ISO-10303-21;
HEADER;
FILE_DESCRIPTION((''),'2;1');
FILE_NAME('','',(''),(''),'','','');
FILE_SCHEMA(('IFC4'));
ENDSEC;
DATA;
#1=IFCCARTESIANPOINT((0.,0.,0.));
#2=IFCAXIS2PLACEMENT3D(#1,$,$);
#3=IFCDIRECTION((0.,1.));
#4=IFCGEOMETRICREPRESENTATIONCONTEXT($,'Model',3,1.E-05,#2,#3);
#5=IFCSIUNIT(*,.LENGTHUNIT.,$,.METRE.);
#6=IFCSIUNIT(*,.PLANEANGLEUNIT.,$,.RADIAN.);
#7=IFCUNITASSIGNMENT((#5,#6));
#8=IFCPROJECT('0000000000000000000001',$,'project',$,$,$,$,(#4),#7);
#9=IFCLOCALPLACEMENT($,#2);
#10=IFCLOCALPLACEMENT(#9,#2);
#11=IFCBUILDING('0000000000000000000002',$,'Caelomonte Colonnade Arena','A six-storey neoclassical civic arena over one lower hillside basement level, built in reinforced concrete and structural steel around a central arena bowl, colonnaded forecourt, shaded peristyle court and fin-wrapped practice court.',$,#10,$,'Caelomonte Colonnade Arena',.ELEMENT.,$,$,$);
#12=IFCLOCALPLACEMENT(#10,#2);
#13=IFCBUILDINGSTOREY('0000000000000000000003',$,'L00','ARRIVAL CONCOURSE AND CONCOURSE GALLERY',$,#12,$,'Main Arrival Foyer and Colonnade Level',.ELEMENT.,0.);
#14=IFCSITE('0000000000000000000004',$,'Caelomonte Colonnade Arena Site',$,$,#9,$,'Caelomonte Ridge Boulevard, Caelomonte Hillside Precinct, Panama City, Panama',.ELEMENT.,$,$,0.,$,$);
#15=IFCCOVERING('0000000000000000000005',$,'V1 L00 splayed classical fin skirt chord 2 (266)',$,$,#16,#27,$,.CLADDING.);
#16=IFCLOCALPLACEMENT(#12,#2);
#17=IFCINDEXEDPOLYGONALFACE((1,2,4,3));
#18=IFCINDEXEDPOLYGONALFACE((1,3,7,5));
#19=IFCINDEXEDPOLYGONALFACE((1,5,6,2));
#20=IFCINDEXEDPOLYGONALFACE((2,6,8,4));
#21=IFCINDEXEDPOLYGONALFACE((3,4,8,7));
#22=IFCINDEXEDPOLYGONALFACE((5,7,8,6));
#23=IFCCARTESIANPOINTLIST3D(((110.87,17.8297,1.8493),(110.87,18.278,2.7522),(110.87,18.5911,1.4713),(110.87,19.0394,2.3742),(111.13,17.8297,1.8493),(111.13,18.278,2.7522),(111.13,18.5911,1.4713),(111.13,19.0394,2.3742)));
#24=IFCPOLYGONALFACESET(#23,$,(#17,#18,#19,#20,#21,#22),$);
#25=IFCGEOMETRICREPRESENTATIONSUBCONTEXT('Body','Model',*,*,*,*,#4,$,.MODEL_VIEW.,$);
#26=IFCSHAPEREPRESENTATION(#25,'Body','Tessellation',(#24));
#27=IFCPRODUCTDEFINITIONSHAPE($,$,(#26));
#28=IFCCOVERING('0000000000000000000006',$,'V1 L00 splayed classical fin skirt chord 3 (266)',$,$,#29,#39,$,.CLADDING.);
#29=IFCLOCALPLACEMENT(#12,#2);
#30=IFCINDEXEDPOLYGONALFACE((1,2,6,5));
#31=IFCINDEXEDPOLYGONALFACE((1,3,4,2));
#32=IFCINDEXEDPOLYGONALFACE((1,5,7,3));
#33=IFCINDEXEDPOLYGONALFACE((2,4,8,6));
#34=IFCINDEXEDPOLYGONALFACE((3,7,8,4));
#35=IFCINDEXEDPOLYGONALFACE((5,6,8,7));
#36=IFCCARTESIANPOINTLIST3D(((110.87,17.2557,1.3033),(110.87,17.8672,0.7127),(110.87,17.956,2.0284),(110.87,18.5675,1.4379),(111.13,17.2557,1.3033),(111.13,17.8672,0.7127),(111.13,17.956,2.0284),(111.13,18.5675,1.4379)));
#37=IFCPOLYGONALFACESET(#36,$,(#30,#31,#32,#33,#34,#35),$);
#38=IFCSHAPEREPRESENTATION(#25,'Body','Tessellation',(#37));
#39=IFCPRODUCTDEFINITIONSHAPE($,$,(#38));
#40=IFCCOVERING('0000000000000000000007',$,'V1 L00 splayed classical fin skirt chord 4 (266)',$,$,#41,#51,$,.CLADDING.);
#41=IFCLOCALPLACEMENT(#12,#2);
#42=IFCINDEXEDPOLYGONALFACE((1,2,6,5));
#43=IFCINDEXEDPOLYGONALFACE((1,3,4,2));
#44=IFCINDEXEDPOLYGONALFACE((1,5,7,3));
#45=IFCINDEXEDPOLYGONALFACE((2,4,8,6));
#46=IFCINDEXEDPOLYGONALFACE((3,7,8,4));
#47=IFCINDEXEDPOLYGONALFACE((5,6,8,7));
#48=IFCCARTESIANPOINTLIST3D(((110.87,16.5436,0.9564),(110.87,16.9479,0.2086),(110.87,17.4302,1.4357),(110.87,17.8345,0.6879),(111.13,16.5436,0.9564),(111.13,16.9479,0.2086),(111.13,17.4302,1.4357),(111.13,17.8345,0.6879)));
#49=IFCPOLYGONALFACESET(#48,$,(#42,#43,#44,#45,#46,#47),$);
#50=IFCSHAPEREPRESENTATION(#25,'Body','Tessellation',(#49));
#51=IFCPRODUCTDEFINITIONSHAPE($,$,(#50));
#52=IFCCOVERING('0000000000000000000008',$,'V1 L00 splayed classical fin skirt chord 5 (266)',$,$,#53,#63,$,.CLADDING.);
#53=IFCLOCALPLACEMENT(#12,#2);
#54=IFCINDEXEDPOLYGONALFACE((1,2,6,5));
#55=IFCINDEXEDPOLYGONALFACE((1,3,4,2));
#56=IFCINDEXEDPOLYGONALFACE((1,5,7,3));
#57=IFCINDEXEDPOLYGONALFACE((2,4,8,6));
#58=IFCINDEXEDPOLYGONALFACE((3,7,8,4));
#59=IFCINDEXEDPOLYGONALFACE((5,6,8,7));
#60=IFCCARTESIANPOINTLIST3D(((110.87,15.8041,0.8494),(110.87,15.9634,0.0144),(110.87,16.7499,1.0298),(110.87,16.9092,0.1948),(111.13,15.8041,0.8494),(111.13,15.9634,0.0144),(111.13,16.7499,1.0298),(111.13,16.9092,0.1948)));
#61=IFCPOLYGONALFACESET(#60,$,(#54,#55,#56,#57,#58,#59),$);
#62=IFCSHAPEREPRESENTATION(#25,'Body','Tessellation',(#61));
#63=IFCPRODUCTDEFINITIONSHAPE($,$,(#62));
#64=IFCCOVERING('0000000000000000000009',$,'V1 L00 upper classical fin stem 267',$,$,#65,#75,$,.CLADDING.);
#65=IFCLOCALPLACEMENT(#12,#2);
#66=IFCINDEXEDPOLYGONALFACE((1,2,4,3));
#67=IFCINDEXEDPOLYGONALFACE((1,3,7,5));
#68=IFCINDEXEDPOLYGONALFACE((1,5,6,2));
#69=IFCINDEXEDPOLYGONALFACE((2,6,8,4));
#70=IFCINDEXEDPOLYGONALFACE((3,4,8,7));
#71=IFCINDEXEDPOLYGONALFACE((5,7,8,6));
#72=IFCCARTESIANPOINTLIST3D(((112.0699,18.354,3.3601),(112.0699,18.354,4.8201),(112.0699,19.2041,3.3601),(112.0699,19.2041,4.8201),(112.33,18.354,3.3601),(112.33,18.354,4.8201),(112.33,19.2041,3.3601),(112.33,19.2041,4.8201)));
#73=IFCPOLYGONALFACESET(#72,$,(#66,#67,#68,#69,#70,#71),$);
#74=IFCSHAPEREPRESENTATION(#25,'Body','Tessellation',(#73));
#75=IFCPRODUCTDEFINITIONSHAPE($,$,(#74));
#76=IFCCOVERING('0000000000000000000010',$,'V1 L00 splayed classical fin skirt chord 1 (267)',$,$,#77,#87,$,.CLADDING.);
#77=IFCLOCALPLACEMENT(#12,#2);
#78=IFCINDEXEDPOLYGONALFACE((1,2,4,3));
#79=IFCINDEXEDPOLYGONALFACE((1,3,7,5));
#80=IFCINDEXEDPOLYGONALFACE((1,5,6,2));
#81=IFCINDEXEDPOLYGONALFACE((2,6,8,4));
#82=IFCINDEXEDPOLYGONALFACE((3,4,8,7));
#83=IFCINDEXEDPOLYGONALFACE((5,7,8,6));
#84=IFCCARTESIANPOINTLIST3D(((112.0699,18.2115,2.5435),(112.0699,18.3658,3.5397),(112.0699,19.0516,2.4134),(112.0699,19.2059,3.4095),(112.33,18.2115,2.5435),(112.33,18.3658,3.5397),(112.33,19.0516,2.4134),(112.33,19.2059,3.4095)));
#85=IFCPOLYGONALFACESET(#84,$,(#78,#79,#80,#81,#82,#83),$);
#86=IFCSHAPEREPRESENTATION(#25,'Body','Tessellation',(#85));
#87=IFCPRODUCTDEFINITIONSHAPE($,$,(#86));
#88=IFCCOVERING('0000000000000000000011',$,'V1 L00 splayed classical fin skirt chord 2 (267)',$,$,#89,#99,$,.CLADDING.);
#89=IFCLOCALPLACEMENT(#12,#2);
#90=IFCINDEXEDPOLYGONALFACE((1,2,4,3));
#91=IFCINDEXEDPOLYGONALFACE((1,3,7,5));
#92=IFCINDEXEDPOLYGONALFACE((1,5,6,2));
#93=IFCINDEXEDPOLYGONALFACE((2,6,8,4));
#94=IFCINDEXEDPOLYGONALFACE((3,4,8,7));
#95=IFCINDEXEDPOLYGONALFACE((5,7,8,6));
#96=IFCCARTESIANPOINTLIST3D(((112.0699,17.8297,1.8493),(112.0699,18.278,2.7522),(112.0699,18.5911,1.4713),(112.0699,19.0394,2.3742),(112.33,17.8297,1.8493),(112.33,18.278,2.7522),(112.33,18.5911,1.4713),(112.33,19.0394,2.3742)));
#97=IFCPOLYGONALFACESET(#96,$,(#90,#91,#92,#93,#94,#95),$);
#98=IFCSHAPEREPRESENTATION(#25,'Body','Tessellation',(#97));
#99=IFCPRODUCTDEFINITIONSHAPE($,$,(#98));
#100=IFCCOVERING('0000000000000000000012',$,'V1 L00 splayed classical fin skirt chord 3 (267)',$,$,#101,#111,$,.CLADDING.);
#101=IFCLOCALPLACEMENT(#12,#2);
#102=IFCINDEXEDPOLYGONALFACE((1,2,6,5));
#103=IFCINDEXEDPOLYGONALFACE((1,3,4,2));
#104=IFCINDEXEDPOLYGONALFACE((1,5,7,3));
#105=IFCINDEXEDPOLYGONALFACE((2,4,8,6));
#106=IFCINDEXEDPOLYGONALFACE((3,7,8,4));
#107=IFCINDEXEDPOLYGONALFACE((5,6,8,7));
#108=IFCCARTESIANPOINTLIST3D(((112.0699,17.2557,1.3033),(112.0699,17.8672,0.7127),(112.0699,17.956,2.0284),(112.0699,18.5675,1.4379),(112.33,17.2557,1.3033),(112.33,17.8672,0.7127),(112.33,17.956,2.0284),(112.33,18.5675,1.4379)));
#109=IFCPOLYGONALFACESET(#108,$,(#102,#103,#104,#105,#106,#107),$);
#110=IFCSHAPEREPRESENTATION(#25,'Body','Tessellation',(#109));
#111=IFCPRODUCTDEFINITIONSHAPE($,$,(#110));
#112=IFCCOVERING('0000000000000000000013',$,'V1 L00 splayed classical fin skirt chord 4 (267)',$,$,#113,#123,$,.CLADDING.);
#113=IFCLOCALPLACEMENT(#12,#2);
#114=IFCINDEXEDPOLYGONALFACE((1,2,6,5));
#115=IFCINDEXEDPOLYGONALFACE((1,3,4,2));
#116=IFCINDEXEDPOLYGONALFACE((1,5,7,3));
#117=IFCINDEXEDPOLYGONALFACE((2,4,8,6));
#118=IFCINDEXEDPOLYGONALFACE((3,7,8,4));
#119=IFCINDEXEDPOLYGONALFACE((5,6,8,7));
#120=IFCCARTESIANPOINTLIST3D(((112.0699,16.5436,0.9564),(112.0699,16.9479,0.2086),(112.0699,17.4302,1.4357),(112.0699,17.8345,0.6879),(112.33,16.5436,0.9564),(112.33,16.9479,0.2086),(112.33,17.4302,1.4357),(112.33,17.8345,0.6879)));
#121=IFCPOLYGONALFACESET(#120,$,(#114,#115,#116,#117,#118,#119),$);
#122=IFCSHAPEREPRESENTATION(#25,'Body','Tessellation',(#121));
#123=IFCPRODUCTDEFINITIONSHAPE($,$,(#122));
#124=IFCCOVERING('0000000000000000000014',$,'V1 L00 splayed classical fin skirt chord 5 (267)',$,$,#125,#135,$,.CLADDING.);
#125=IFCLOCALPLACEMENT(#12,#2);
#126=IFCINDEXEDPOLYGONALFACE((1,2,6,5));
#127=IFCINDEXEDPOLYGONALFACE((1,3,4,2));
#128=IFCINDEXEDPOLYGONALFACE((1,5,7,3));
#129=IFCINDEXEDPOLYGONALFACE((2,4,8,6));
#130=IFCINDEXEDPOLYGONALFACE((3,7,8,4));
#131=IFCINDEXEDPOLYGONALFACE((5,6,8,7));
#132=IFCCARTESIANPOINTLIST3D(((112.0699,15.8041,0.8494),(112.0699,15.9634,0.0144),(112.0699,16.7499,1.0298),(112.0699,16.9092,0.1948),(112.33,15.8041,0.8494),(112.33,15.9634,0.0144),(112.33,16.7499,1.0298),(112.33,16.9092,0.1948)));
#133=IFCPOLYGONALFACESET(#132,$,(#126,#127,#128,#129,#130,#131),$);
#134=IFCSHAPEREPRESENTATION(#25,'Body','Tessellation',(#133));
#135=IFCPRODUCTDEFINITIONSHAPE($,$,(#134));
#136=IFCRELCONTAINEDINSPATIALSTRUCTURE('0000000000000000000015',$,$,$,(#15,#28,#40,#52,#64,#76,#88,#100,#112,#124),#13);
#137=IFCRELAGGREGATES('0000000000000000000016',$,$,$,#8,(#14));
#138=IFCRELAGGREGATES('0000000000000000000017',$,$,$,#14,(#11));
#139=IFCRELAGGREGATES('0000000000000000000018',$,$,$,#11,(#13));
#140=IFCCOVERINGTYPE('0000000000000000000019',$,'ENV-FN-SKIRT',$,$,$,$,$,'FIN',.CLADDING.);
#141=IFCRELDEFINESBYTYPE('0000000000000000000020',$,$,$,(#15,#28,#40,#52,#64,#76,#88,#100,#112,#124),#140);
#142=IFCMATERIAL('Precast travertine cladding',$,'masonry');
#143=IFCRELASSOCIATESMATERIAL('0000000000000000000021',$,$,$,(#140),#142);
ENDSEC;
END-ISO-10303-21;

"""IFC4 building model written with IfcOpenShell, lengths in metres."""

from ifc_helpers import new_model, si_unit, direction, frame, origin, origin_2d, place, context, subcontext, project, spatial, rectangle, extrude, material, material_profile, profile_set, type_object, element, save


model = new_model("IFC4")

# Units and contexts
model_context = context("Model", 3, precision=1e-05, world=origin(), true_north=direction((0.0, 1.0)))
body_context = subcontext(model_context, "Body", "Model", "MODEL_VIEW")
ifc_project = project(units=[si_unit("LENGTHUNIT", "METRE"), si_unit("PLANEANGLEUNIT", "RADIAN")], contexts=[model_context])

# Site, building, storey
site_placement = place(None, origin())
site = spatial("IfcSite", under=ifc_project, at=site_placement, Name="Caelomonte Colonnade Arena Site", LongName="Caelomonte Ridge Boulevard, Caelomonte Hillside Precinct, Panama City, Panama", CompositionType="ELEMENT", RefElevation=0.0)
building_placement = place(site_placement, origin())
building = spatial("IfcBuilding", under=site, at=building_placement, Name="Caelomonte Colonnade Arena", Description="A six-storey neoclassical civic arena over one lower hillside basement level, built in reinforced concrete and structural steel around a central arena bowl, colonnaded forecourt, shaded peristyle court and fin-wrapped practice court.", LongName="Caelomonte Colonnade Arena", CompositionType="ELEMENT")
storey_placement = place(building_placement, origin())
storey = spatial("IfcBuildingStorey", under=building, at=storey_placement, Name="L00", Description="ARRIVAL CONCOURSE AND CONCOURSE GALLERY", LongName="Main Arrival Foyer and Colonnade Level", CompositionType="ELEMENT", Elevation=0.0)

# Coverings
ifc_material = material(Name="Precast travertine cladding", Category="masonry")
ifc_material_profile = material_profile(ifc_material, rectangle(XDim=0.26, YDim=0.8501, at=origin_2d()), Name="FIN260X850")
ifc_profile_set = profile_set([ifc_material_profile], Name="Precast travertine cladding")
covering_type = type_object("IfcCoveringType", Name="ENV-FN-SKIRT", ElementType="FIN", PredefinedType="CLADDING", material=ifc_profile_set)
for number, where, z_axis, x_axis, name in (
    (1, (111.0, 18.6587, 2.5632), (0.0, -0.444693, -0.895683), (-1.0, 0.0, 0.0), "V1 L00 splayed classical fin skirt chord 2 (266)"),
    (2, (111.0, 18.2617, 1.7332), (0.0, -0.694646, -0.719351), (-1.0, 0.0, 0.0), "V1 L00 splayed classical fin skirt chord 3 (266)"),
):
    element("IfcCovering", number, at=place(storey_placement, frame(where, z_axis=z_axis, x_axis=x_axis)), inside=storey, type_object=covering_type, Name=name, PredefinedType="CLADDING", context=body_context, shape_type="SweptSolid", body=[
        extrude(rectangle(XDim=0.26, YDim=0.8501, at=origin_2d()), origin(), (0.0, 0.0, 1.0), 1.0081),
    ])
covering_1_placement = place(storey_placement, frame((111.0, 17.6323, 1.0618), z_axis=(0.0, -0.879676, -0.475573), x_axis=(-1.0, 0.0, 0.0)))
element("IfcCovering", 3, at=covering_1_placement, inside=storey, type_object=covering_type, Name="V1 L00 splayed classical fin skirt chord 4 (266)", PredefinedType="CLADDING", context=body_context, shape_type="SweptSolid", body=[
    extrude(rectangle(XDim=0.26, YDim=0.8501, at=origin_2d()), origin(), (0.0, 0.0, 1.0), 1.0078),
])
covering_2_placement = place(storey_placement, frame((111.0, 16.8296, 0.6123), z_axis=(0.0, -0.982287, -0.18738), x_axis=(-1.0, 0.0, 0.0)))
element("IfcCovering", 4, at=covering_2_placement, inside=storey, type_object=covering_type, Name="V1 L00 splayed classical fin skirt chord 5 (266)", PredefinedType="CLADDING", context=body_context, shape_type="SweptSolid", body=[
    extrude(rectangle(XDim=0.26, YDim=0.8501, at=origin_2d()), origin(), (0.0, 0.0, 1.0), 0.9629),
])
covering_3_placement = place(storey_placement, frame((112.2, 18.7791, 3.3601), z_axis=(0.0, 0.0, 1.0), x_axis=(-1.0, 0.0, 0.0)))
element("IfcCovering", 5, at=covering_3_placement, inside=storey, type_object=covering_type, Name="V1 L00 upper classical fin stem 267", PredefinedType="CLADDING", context=body_context, shape_type="SweptSolid", body=[
    extrude(rectangle(XDim=0.26, YDim=0.8501, at=origin_2d()), origin(), (0.0, 0.0, 1.0), 1.46),
])
for number, where, z_axis, x_axis, name in (
    (6, (112.2, 18.7859, 3.4746), (0.0, -0.153076, -0.988214), (-1.0, 0.0, 0.0), "V1 L00 splayed classical fin skirt chord 1 (267)"),
    (7, (112.2, 18.6587, 2.5632), (0.0, -0.444693, -0.895683), (-1.0, 0.0, 0.0), "V1 L00 splayed classical fin skirt chord 2 (267)"),
    (8, (112.2, 18.2617, 1.7332), (0.0, -0.694646, -0.719351), (-1.0, 0.0, 0.0), "V1 L00 splayed classical fin skirt chord 3 (267)"),
):
    element("IfcCovering", number, at=place(storey_placement, frame(where, z_axis=z_axis, x_axis=x_axis)), inside=storey, type_object=covering_type, Name=name, PredefinedType="CLADDING", context=body_context, shape_type="SweptSolid", body=[
        extrude(rectangle(XDim=0.26, YDim=0.8501, at=origin_2d()), origin(), (0.0, 0.0, 1.0), 1.0081),
    ])
covering_4_placement = place(storey_placement, frame((112.2, 17.6323, 1.0618), z_axis=(0.0, -0.879676, -0.475573), x_axis=(-1.0, 0.0, 0.0)))
element("IfcCovering", 9, at=covering_4_placement, inside=storey, type_object=covering_type, Name="V1 L00 splayed classical fin skirt chord 4 (267)", PredefinedType="CLADDING", context=body_context, shape_type="SweptSolid", body=[
    extrude(rectangle(XDim=0.26, YDim=0.8501, at=origin_2d()), origin(), (0.0, 0.0, 1.0), 1.0078),
])
covering_5_placement = place(storey_placement, frame((112.2, 16.8296, 0.6123), z_axis=(0.0, -0.982287, -0.18738), x_axis=(-1.0, 0.0, 0.0)))
element("IfcCovering", 10, at=covering_5_placement, inside=storey, type_object=covering_type, Name="V1 L00 splayed classical fin skirt chord 5 (267)", PredefinedType="CLADDING", context=body_context, shape_type="SweptSolid", body=[
    extrude(rectangle(XDim=0.26, YDim=0.8501, at=origin_2d()), origin(), (0.0, 0.0, 1.0), 0.9629),
])

save(model, "model.ifc")
